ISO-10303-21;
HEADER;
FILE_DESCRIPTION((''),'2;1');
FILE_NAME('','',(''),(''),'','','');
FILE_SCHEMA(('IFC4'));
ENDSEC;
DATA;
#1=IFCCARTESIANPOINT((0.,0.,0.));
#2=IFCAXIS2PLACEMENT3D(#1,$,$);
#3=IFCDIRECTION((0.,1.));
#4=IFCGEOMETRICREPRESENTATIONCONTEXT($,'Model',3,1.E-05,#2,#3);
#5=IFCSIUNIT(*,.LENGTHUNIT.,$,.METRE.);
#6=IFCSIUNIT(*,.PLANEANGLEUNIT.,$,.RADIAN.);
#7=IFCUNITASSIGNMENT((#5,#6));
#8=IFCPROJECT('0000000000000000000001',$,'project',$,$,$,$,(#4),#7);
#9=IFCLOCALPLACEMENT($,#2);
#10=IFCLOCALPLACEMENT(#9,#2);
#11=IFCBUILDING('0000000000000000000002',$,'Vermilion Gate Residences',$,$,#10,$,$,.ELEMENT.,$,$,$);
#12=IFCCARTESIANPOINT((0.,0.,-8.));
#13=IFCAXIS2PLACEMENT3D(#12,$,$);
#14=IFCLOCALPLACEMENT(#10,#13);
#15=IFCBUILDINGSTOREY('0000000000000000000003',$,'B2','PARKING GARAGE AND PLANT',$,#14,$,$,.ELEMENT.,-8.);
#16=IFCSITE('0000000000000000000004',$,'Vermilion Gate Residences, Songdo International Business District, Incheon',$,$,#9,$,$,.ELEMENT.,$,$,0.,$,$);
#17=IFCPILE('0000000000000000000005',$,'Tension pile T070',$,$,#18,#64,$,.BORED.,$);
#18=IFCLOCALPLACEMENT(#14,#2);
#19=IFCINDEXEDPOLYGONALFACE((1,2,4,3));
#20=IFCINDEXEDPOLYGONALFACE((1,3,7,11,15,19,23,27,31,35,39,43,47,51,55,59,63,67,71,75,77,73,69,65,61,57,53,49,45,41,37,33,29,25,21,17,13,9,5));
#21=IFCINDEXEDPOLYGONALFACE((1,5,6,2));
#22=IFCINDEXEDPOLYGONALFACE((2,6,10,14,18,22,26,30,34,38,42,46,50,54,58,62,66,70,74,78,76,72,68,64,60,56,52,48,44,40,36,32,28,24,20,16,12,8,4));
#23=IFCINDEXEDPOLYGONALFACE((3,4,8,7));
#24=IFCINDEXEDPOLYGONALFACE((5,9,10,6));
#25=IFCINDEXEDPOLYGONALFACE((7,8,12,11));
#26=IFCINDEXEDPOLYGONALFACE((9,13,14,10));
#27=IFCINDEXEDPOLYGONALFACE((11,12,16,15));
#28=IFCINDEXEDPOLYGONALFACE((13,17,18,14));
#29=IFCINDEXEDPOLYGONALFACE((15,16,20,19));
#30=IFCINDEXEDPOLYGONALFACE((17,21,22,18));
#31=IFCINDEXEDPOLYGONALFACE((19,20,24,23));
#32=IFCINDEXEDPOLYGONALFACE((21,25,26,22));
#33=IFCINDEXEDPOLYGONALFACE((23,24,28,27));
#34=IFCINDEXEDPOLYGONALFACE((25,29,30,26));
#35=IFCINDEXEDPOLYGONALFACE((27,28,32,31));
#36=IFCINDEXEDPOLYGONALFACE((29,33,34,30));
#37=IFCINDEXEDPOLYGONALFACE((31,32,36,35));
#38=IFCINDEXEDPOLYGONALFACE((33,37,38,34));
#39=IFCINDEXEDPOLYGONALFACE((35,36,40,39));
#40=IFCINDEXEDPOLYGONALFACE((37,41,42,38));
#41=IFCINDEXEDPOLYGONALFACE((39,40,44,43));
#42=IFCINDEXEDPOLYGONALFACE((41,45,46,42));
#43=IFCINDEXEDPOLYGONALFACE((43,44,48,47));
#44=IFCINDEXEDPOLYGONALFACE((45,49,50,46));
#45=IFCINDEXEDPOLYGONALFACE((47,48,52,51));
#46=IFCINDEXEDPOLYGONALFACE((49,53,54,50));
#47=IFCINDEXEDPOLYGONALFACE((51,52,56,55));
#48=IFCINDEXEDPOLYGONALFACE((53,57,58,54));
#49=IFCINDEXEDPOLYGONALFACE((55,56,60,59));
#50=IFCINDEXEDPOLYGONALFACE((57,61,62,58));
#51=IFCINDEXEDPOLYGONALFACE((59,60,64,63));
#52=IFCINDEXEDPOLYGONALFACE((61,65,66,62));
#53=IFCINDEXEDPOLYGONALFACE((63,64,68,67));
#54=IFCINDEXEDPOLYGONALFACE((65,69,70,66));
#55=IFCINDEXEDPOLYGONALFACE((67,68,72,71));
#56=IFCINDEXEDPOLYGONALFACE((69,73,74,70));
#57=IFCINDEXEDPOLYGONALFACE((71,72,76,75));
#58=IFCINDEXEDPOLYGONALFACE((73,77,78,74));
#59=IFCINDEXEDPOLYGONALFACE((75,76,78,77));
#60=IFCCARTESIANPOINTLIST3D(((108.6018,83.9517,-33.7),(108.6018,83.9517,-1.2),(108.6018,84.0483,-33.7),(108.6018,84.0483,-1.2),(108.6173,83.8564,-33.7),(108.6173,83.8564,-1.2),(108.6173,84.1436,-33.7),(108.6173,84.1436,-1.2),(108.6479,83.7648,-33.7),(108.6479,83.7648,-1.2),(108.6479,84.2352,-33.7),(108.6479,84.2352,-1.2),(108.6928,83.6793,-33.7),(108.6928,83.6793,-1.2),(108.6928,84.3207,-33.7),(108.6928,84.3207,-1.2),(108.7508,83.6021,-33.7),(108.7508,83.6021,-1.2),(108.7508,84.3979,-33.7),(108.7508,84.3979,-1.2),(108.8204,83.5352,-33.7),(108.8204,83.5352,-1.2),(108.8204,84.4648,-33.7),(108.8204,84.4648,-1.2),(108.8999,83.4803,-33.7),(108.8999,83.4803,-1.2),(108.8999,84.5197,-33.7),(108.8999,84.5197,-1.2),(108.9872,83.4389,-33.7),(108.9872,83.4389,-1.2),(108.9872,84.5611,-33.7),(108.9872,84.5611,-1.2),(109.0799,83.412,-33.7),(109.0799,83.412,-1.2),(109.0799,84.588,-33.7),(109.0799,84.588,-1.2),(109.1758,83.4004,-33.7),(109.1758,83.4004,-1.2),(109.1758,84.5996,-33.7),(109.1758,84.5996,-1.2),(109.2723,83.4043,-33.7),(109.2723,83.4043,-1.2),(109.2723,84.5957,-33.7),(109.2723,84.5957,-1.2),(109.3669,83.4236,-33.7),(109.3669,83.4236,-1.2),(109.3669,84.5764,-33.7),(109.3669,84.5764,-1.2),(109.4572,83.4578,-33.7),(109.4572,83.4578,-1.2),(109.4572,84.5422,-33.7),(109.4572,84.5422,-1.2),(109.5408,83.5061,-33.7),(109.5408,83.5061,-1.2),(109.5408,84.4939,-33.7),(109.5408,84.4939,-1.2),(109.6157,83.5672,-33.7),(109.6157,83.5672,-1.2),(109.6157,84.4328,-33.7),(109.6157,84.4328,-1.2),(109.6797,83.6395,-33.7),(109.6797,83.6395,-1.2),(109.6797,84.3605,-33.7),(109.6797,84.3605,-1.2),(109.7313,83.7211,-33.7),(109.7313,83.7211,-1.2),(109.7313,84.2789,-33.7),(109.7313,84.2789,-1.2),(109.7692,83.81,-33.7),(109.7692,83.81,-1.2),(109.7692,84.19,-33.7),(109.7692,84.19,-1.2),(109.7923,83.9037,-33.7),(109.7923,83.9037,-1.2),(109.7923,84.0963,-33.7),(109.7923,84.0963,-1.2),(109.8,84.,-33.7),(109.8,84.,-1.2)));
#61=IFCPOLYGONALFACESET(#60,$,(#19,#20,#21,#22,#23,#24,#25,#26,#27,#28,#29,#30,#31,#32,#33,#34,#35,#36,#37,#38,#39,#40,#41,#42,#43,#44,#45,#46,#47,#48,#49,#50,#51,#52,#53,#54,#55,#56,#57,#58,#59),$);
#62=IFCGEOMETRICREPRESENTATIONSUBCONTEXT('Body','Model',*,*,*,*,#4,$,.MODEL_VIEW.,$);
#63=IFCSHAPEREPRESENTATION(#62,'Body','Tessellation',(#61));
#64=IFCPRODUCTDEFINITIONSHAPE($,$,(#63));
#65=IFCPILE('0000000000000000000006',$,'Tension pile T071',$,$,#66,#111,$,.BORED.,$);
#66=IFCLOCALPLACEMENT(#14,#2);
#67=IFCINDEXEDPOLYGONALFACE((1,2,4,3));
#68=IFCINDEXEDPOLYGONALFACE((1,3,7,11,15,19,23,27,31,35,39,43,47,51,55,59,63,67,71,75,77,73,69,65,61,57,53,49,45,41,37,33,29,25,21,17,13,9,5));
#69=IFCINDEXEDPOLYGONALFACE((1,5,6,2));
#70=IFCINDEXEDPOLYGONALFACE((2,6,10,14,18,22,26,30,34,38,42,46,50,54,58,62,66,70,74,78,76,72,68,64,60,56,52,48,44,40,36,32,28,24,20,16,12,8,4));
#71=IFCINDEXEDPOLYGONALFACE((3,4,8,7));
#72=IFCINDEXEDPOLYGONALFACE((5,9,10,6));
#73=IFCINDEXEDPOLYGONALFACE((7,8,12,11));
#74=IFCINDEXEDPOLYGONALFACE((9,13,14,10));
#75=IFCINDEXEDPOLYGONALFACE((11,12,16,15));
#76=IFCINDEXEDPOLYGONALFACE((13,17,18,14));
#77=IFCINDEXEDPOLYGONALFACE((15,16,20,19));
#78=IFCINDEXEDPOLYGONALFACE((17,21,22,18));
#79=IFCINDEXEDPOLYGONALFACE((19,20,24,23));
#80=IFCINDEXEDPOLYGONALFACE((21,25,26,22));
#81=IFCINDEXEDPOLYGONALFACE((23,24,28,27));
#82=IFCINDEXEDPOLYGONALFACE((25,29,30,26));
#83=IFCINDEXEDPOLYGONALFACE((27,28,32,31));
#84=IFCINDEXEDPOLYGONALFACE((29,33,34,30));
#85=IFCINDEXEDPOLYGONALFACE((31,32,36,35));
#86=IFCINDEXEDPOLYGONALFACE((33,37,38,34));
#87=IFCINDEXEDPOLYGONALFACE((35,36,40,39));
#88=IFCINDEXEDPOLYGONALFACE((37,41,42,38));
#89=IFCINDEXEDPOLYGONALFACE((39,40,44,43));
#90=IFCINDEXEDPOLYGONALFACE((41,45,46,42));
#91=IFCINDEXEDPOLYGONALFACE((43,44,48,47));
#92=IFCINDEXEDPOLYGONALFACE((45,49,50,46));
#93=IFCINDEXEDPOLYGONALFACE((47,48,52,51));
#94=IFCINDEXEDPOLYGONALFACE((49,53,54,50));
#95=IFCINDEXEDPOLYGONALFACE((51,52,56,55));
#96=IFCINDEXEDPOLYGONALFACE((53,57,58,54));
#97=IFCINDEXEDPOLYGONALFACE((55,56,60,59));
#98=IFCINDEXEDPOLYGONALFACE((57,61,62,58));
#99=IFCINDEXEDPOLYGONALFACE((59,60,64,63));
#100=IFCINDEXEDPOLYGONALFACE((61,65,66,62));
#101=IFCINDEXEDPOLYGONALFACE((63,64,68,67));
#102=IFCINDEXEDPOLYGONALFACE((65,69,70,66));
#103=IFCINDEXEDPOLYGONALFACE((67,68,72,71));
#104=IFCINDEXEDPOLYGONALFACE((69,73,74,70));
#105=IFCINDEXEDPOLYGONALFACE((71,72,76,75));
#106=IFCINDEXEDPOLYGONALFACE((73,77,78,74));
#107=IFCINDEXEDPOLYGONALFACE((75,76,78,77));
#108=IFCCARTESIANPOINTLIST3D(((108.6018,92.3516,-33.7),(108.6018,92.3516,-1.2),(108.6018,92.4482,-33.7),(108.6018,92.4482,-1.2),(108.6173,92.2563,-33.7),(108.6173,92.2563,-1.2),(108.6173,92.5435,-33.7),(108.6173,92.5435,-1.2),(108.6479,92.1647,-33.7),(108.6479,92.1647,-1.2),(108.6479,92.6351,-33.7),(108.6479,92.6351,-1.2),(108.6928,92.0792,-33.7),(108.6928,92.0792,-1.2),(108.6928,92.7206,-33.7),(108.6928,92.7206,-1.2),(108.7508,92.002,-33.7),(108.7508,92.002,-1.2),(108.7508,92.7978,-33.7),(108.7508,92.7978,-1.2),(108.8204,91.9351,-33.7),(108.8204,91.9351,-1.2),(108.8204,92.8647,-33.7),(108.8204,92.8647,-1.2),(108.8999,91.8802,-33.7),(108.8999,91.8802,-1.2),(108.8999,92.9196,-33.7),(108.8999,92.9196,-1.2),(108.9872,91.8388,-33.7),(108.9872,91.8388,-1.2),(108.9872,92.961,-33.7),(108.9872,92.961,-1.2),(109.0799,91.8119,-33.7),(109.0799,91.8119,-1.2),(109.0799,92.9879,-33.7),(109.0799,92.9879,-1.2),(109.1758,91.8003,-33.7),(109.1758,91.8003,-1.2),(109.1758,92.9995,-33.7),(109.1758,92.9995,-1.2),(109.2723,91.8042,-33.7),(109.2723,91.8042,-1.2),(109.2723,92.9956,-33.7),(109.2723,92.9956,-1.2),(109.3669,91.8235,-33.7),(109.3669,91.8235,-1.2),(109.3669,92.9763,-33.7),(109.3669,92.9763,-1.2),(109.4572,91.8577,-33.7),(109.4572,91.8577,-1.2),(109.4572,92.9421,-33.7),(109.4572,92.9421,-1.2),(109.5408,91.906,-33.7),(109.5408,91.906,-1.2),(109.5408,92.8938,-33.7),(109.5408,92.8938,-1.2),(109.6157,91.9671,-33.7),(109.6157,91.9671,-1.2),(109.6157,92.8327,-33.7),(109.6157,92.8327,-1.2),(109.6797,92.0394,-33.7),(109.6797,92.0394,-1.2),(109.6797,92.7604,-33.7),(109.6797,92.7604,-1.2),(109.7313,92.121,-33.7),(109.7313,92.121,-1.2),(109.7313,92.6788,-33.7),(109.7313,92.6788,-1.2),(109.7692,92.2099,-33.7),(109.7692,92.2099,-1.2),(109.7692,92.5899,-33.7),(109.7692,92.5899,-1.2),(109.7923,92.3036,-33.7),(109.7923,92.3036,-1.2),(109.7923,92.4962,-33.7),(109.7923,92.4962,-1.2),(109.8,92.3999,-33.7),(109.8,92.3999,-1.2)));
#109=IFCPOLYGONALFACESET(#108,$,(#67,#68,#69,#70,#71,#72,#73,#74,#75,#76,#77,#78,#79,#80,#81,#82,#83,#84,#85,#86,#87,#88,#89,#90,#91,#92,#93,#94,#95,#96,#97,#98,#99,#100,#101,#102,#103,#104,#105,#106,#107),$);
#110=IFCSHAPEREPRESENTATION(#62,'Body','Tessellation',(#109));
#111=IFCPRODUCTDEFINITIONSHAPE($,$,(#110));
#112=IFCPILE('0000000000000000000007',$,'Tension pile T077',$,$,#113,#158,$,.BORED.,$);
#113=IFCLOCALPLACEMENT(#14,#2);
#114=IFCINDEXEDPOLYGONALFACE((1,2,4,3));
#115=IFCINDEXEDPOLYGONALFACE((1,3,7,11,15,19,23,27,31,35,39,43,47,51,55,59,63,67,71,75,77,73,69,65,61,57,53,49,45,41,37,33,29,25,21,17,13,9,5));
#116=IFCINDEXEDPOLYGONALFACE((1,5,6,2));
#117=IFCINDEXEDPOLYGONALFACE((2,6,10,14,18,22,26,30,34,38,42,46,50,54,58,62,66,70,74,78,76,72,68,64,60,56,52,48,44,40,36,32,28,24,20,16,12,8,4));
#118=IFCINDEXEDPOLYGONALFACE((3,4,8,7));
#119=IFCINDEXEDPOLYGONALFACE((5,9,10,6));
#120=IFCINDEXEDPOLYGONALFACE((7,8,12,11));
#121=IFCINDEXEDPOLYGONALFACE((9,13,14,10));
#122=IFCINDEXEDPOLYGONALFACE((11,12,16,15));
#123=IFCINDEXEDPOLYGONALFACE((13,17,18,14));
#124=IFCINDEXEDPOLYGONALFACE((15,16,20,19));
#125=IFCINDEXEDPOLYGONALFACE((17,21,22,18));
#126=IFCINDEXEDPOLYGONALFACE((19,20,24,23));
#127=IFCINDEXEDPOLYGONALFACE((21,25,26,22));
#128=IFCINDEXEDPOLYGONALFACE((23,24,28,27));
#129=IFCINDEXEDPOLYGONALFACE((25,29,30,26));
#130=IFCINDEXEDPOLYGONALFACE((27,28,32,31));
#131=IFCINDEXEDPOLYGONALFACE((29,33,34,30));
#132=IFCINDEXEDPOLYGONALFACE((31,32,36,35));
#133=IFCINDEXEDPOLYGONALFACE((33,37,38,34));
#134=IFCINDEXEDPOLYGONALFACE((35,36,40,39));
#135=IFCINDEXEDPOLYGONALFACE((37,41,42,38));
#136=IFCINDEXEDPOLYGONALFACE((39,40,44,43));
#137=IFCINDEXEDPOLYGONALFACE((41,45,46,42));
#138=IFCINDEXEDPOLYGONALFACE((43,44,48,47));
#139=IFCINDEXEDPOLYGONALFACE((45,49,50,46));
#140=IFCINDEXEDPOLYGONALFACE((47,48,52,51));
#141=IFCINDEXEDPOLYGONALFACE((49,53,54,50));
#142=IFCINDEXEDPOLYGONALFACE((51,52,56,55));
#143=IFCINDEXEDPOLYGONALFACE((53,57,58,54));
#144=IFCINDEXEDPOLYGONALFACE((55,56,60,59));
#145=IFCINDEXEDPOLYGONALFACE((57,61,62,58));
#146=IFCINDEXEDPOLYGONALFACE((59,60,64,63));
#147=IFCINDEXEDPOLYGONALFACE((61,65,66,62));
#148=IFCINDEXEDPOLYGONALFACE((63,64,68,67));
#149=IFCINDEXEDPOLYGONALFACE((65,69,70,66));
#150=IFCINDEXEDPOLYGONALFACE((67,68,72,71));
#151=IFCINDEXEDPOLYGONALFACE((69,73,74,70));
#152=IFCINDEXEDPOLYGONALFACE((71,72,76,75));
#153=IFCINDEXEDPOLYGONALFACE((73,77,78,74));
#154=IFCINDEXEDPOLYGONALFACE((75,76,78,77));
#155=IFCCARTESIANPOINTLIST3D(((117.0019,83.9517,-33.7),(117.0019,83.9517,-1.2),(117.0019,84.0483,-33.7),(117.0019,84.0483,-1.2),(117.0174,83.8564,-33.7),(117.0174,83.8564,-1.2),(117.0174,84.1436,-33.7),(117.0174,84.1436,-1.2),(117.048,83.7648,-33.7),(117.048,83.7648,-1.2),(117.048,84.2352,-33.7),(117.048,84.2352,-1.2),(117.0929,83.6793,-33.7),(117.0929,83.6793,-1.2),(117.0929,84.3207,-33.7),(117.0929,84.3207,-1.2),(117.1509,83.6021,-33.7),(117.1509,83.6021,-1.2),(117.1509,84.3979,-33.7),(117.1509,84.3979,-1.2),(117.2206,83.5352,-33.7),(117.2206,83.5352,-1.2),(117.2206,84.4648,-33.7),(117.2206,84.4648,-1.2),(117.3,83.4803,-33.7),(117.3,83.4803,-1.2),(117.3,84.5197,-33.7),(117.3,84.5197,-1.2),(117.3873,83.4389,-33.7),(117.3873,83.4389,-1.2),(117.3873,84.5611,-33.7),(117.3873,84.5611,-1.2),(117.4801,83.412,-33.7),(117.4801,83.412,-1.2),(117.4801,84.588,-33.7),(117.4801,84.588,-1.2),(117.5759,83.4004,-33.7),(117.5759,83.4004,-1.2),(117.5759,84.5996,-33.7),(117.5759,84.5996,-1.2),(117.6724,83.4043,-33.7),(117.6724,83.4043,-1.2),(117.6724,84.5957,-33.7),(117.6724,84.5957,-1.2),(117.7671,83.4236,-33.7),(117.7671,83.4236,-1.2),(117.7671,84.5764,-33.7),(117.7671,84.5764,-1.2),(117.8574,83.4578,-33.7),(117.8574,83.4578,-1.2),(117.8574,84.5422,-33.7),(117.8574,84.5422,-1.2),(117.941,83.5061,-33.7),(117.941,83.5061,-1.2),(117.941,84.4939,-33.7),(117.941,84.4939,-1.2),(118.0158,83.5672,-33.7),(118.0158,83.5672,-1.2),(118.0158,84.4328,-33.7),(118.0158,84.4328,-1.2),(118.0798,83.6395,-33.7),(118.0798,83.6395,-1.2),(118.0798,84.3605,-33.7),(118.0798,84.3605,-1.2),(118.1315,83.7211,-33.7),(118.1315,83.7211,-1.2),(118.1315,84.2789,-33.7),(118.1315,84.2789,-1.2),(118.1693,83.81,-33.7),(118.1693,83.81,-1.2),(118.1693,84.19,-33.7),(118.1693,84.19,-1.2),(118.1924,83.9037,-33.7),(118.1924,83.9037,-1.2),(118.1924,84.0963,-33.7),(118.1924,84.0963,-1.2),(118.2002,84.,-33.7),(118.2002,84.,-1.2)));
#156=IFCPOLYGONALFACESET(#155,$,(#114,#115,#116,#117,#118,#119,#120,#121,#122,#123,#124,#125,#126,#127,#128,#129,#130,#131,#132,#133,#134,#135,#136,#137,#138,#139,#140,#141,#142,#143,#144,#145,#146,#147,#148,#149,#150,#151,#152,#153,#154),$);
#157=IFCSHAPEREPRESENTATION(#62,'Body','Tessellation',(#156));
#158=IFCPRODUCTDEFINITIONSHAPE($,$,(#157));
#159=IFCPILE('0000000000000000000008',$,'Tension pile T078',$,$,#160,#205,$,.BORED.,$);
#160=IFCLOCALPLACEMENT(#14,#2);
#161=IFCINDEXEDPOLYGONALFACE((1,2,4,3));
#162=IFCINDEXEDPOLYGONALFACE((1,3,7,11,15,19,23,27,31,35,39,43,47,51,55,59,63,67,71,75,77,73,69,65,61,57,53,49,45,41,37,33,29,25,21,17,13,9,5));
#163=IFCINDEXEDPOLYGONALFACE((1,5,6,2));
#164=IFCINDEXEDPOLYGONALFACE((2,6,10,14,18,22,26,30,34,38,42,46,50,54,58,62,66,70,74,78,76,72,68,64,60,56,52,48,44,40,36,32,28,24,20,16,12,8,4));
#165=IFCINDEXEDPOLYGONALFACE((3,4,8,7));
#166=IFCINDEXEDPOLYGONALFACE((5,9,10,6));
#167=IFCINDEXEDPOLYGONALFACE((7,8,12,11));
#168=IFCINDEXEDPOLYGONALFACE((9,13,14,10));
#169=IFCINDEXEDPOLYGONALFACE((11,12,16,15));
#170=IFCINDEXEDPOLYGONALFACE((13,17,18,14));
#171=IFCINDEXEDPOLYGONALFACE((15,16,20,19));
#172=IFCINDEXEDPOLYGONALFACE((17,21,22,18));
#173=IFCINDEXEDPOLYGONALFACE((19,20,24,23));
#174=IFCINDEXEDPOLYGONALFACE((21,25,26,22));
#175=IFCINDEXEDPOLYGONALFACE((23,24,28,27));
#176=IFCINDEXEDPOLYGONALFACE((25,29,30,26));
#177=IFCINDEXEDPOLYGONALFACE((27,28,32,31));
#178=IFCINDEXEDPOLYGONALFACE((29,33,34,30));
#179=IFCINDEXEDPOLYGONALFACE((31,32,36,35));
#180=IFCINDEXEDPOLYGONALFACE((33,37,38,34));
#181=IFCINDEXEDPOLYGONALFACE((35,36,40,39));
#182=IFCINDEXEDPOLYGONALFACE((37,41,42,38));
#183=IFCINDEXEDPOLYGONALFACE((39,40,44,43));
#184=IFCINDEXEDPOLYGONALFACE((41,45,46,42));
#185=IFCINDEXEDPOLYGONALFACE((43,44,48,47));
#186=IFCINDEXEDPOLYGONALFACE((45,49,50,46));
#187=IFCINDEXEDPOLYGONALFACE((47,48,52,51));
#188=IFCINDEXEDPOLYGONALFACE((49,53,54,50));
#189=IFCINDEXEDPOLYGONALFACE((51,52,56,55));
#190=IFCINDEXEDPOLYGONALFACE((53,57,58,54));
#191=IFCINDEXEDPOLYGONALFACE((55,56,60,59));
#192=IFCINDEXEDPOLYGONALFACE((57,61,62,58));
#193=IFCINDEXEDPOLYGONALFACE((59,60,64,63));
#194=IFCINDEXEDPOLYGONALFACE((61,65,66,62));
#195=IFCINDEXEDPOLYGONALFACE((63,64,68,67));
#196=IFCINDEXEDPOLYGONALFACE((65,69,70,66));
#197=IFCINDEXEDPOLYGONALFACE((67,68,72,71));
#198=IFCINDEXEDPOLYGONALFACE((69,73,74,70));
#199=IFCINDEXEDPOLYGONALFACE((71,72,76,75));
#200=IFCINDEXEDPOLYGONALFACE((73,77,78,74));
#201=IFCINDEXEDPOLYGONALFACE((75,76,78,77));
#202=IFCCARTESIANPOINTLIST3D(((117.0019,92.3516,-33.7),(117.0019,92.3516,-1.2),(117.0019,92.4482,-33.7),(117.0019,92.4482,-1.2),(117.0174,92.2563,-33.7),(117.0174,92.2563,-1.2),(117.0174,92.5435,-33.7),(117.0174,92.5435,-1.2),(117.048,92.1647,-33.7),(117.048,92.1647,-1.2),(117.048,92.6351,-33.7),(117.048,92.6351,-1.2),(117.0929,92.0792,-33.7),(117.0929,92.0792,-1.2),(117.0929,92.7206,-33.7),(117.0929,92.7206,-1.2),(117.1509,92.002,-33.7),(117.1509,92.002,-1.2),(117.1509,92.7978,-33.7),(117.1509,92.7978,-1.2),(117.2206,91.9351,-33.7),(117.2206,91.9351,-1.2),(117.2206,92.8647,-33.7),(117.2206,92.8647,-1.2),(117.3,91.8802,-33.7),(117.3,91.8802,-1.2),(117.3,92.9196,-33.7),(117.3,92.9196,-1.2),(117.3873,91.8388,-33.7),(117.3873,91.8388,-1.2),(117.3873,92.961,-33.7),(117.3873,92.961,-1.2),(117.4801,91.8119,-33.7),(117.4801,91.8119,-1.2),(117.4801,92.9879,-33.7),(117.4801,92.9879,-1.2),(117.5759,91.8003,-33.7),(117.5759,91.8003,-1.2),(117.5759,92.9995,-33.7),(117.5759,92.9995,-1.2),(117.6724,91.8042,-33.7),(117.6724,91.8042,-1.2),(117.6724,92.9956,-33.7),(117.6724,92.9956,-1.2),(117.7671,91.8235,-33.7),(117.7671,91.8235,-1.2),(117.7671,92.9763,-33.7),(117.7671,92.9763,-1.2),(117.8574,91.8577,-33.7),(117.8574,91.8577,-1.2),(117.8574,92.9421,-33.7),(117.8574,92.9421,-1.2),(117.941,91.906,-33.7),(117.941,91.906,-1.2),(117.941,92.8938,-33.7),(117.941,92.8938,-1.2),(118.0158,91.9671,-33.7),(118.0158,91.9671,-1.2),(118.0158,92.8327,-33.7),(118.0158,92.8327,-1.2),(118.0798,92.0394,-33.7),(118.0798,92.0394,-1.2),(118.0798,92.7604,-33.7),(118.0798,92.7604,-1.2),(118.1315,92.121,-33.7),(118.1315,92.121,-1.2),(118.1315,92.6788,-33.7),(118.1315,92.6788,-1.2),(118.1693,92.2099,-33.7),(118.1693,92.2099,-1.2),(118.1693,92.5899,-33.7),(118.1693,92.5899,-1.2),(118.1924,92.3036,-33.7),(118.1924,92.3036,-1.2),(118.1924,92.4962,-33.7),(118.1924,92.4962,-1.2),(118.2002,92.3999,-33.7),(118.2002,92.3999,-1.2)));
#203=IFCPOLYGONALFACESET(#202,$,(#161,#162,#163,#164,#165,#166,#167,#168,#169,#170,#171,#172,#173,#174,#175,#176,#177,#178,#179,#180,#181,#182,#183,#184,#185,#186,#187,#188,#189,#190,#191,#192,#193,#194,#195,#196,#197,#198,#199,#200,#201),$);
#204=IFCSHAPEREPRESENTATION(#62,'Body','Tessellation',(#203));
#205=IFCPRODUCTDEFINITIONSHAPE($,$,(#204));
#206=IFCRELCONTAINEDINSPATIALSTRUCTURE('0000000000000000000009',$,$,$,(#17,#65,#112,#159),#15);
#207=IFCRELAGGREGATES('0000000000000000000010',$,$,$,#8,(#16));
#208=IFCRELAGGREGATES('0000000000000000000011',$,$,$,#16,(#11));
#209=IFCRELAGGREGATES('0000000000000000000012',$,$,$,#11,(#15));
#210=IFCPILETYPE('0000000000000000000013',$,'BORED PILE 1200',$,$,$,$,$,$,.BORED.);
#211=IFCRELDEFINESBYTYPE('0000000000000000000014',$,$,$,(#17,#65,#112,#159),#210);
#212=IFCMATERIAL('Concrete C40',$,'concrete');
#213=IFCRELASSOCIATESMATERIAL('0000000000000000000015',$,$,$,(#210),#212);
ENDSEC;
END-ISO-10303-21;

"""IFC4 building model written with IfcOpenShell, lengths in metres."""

from ifc_helpers import new_model, si_unit, direction, frame, origin, origin_2d, place, context, subcontext, project, spatial, circle, extrude, material, material_profile, profile_set, type_object, element, save


model = new_model("IFC4")

# Units and contexts
model_context = context("Model", 3, precision=1e-05, world=origin(), true_north=direction((0.0, 1.0)))
body_context = subcontext(model_context, "Body", "Model", "MODEL_VIEW")
ifc_project = project(units=[si_unit("LENGTHUNIT", "METRE"), si_unit("PLANEANGLEUNIT", "RADIAN")], contexts=[model_context])

# Site, building, storey
site_placement = place(None, origin())
site = spatial("IfcSite", under=ifc_project, at=site_placement, Name="Vermilion Gate Residences, Songdo International Business District, Incheon", CompositionType="ELEMENT", RefElevation=0.0)
building_placement = place(site_placement, origin())
building = spatial("IfcBuilding", under=site, at=building_placement, Name="Vermilion Gate Residences", CompositionType="ELEMENT")
storey_placement = place(building_placement, frame((0.0, 0.0, -8.0)))
storey = spatial("IfcBuildingStorey", under=building, at=storey_placement, Name="B2", Description="PARKING GARAGE AND PLANT", CompositionType="ELEMENT", Elevation=-8.0)

# Piles
ifc_material_1 = material(Name="Concrete C40", Category="concrete")
ifc_material_profile_1 = material_profile(ifc_material_1, circle(Radius=0.6001, at=origin_2d()), Name="BORED PILE 1200")
ifc_profile_set_1 = profile_set([ifc_material_profile_1], Name="Concrete C40")
pile_type = type_object("IfcPileType", Name="BORED PILE 1200", PredefinedType="BORED", material=ifc_profile_set_1)
for number, where, z_axis, x_axis, name in (
    (1, (109.2, 84.0, -1.2), (0.0, 0.0, -1.0), (1.0, 0.0, 0.0), "Tension pile T070"),
    (2, (109.2, 92.3999, -1.2), (0.0, 0.0, -1.0), (1.0, 0.0, 0.0), "Tension pile T071"),
    (3, (117.6001, 84.0, -1.2), (0.0, 0.0, -1.0), (1.0, 0.0, 0.0), "Tension pile T077"),
    (4, (117.6001, 92.3999, -1.2), (0.0, 0.0, -1.0), (1.0, 0.0, 0.0), "Tension pile T078"),
):
    element("IfcPile", number, at=place(storey_placement, frame(where, z_axis=z_axis, x_axis=x_axis)), inside=storey, type_object=pile_type, Name=name, PredefinedType="BORED", context=body_context, shape_type="SweptSolid", body=[
        extrude(circle(Radius=0.6001, at=origin_2d()), origin(), (0.0, 0.0, 1.0), 32.5),
    ])

save(model, "model.ifc")
